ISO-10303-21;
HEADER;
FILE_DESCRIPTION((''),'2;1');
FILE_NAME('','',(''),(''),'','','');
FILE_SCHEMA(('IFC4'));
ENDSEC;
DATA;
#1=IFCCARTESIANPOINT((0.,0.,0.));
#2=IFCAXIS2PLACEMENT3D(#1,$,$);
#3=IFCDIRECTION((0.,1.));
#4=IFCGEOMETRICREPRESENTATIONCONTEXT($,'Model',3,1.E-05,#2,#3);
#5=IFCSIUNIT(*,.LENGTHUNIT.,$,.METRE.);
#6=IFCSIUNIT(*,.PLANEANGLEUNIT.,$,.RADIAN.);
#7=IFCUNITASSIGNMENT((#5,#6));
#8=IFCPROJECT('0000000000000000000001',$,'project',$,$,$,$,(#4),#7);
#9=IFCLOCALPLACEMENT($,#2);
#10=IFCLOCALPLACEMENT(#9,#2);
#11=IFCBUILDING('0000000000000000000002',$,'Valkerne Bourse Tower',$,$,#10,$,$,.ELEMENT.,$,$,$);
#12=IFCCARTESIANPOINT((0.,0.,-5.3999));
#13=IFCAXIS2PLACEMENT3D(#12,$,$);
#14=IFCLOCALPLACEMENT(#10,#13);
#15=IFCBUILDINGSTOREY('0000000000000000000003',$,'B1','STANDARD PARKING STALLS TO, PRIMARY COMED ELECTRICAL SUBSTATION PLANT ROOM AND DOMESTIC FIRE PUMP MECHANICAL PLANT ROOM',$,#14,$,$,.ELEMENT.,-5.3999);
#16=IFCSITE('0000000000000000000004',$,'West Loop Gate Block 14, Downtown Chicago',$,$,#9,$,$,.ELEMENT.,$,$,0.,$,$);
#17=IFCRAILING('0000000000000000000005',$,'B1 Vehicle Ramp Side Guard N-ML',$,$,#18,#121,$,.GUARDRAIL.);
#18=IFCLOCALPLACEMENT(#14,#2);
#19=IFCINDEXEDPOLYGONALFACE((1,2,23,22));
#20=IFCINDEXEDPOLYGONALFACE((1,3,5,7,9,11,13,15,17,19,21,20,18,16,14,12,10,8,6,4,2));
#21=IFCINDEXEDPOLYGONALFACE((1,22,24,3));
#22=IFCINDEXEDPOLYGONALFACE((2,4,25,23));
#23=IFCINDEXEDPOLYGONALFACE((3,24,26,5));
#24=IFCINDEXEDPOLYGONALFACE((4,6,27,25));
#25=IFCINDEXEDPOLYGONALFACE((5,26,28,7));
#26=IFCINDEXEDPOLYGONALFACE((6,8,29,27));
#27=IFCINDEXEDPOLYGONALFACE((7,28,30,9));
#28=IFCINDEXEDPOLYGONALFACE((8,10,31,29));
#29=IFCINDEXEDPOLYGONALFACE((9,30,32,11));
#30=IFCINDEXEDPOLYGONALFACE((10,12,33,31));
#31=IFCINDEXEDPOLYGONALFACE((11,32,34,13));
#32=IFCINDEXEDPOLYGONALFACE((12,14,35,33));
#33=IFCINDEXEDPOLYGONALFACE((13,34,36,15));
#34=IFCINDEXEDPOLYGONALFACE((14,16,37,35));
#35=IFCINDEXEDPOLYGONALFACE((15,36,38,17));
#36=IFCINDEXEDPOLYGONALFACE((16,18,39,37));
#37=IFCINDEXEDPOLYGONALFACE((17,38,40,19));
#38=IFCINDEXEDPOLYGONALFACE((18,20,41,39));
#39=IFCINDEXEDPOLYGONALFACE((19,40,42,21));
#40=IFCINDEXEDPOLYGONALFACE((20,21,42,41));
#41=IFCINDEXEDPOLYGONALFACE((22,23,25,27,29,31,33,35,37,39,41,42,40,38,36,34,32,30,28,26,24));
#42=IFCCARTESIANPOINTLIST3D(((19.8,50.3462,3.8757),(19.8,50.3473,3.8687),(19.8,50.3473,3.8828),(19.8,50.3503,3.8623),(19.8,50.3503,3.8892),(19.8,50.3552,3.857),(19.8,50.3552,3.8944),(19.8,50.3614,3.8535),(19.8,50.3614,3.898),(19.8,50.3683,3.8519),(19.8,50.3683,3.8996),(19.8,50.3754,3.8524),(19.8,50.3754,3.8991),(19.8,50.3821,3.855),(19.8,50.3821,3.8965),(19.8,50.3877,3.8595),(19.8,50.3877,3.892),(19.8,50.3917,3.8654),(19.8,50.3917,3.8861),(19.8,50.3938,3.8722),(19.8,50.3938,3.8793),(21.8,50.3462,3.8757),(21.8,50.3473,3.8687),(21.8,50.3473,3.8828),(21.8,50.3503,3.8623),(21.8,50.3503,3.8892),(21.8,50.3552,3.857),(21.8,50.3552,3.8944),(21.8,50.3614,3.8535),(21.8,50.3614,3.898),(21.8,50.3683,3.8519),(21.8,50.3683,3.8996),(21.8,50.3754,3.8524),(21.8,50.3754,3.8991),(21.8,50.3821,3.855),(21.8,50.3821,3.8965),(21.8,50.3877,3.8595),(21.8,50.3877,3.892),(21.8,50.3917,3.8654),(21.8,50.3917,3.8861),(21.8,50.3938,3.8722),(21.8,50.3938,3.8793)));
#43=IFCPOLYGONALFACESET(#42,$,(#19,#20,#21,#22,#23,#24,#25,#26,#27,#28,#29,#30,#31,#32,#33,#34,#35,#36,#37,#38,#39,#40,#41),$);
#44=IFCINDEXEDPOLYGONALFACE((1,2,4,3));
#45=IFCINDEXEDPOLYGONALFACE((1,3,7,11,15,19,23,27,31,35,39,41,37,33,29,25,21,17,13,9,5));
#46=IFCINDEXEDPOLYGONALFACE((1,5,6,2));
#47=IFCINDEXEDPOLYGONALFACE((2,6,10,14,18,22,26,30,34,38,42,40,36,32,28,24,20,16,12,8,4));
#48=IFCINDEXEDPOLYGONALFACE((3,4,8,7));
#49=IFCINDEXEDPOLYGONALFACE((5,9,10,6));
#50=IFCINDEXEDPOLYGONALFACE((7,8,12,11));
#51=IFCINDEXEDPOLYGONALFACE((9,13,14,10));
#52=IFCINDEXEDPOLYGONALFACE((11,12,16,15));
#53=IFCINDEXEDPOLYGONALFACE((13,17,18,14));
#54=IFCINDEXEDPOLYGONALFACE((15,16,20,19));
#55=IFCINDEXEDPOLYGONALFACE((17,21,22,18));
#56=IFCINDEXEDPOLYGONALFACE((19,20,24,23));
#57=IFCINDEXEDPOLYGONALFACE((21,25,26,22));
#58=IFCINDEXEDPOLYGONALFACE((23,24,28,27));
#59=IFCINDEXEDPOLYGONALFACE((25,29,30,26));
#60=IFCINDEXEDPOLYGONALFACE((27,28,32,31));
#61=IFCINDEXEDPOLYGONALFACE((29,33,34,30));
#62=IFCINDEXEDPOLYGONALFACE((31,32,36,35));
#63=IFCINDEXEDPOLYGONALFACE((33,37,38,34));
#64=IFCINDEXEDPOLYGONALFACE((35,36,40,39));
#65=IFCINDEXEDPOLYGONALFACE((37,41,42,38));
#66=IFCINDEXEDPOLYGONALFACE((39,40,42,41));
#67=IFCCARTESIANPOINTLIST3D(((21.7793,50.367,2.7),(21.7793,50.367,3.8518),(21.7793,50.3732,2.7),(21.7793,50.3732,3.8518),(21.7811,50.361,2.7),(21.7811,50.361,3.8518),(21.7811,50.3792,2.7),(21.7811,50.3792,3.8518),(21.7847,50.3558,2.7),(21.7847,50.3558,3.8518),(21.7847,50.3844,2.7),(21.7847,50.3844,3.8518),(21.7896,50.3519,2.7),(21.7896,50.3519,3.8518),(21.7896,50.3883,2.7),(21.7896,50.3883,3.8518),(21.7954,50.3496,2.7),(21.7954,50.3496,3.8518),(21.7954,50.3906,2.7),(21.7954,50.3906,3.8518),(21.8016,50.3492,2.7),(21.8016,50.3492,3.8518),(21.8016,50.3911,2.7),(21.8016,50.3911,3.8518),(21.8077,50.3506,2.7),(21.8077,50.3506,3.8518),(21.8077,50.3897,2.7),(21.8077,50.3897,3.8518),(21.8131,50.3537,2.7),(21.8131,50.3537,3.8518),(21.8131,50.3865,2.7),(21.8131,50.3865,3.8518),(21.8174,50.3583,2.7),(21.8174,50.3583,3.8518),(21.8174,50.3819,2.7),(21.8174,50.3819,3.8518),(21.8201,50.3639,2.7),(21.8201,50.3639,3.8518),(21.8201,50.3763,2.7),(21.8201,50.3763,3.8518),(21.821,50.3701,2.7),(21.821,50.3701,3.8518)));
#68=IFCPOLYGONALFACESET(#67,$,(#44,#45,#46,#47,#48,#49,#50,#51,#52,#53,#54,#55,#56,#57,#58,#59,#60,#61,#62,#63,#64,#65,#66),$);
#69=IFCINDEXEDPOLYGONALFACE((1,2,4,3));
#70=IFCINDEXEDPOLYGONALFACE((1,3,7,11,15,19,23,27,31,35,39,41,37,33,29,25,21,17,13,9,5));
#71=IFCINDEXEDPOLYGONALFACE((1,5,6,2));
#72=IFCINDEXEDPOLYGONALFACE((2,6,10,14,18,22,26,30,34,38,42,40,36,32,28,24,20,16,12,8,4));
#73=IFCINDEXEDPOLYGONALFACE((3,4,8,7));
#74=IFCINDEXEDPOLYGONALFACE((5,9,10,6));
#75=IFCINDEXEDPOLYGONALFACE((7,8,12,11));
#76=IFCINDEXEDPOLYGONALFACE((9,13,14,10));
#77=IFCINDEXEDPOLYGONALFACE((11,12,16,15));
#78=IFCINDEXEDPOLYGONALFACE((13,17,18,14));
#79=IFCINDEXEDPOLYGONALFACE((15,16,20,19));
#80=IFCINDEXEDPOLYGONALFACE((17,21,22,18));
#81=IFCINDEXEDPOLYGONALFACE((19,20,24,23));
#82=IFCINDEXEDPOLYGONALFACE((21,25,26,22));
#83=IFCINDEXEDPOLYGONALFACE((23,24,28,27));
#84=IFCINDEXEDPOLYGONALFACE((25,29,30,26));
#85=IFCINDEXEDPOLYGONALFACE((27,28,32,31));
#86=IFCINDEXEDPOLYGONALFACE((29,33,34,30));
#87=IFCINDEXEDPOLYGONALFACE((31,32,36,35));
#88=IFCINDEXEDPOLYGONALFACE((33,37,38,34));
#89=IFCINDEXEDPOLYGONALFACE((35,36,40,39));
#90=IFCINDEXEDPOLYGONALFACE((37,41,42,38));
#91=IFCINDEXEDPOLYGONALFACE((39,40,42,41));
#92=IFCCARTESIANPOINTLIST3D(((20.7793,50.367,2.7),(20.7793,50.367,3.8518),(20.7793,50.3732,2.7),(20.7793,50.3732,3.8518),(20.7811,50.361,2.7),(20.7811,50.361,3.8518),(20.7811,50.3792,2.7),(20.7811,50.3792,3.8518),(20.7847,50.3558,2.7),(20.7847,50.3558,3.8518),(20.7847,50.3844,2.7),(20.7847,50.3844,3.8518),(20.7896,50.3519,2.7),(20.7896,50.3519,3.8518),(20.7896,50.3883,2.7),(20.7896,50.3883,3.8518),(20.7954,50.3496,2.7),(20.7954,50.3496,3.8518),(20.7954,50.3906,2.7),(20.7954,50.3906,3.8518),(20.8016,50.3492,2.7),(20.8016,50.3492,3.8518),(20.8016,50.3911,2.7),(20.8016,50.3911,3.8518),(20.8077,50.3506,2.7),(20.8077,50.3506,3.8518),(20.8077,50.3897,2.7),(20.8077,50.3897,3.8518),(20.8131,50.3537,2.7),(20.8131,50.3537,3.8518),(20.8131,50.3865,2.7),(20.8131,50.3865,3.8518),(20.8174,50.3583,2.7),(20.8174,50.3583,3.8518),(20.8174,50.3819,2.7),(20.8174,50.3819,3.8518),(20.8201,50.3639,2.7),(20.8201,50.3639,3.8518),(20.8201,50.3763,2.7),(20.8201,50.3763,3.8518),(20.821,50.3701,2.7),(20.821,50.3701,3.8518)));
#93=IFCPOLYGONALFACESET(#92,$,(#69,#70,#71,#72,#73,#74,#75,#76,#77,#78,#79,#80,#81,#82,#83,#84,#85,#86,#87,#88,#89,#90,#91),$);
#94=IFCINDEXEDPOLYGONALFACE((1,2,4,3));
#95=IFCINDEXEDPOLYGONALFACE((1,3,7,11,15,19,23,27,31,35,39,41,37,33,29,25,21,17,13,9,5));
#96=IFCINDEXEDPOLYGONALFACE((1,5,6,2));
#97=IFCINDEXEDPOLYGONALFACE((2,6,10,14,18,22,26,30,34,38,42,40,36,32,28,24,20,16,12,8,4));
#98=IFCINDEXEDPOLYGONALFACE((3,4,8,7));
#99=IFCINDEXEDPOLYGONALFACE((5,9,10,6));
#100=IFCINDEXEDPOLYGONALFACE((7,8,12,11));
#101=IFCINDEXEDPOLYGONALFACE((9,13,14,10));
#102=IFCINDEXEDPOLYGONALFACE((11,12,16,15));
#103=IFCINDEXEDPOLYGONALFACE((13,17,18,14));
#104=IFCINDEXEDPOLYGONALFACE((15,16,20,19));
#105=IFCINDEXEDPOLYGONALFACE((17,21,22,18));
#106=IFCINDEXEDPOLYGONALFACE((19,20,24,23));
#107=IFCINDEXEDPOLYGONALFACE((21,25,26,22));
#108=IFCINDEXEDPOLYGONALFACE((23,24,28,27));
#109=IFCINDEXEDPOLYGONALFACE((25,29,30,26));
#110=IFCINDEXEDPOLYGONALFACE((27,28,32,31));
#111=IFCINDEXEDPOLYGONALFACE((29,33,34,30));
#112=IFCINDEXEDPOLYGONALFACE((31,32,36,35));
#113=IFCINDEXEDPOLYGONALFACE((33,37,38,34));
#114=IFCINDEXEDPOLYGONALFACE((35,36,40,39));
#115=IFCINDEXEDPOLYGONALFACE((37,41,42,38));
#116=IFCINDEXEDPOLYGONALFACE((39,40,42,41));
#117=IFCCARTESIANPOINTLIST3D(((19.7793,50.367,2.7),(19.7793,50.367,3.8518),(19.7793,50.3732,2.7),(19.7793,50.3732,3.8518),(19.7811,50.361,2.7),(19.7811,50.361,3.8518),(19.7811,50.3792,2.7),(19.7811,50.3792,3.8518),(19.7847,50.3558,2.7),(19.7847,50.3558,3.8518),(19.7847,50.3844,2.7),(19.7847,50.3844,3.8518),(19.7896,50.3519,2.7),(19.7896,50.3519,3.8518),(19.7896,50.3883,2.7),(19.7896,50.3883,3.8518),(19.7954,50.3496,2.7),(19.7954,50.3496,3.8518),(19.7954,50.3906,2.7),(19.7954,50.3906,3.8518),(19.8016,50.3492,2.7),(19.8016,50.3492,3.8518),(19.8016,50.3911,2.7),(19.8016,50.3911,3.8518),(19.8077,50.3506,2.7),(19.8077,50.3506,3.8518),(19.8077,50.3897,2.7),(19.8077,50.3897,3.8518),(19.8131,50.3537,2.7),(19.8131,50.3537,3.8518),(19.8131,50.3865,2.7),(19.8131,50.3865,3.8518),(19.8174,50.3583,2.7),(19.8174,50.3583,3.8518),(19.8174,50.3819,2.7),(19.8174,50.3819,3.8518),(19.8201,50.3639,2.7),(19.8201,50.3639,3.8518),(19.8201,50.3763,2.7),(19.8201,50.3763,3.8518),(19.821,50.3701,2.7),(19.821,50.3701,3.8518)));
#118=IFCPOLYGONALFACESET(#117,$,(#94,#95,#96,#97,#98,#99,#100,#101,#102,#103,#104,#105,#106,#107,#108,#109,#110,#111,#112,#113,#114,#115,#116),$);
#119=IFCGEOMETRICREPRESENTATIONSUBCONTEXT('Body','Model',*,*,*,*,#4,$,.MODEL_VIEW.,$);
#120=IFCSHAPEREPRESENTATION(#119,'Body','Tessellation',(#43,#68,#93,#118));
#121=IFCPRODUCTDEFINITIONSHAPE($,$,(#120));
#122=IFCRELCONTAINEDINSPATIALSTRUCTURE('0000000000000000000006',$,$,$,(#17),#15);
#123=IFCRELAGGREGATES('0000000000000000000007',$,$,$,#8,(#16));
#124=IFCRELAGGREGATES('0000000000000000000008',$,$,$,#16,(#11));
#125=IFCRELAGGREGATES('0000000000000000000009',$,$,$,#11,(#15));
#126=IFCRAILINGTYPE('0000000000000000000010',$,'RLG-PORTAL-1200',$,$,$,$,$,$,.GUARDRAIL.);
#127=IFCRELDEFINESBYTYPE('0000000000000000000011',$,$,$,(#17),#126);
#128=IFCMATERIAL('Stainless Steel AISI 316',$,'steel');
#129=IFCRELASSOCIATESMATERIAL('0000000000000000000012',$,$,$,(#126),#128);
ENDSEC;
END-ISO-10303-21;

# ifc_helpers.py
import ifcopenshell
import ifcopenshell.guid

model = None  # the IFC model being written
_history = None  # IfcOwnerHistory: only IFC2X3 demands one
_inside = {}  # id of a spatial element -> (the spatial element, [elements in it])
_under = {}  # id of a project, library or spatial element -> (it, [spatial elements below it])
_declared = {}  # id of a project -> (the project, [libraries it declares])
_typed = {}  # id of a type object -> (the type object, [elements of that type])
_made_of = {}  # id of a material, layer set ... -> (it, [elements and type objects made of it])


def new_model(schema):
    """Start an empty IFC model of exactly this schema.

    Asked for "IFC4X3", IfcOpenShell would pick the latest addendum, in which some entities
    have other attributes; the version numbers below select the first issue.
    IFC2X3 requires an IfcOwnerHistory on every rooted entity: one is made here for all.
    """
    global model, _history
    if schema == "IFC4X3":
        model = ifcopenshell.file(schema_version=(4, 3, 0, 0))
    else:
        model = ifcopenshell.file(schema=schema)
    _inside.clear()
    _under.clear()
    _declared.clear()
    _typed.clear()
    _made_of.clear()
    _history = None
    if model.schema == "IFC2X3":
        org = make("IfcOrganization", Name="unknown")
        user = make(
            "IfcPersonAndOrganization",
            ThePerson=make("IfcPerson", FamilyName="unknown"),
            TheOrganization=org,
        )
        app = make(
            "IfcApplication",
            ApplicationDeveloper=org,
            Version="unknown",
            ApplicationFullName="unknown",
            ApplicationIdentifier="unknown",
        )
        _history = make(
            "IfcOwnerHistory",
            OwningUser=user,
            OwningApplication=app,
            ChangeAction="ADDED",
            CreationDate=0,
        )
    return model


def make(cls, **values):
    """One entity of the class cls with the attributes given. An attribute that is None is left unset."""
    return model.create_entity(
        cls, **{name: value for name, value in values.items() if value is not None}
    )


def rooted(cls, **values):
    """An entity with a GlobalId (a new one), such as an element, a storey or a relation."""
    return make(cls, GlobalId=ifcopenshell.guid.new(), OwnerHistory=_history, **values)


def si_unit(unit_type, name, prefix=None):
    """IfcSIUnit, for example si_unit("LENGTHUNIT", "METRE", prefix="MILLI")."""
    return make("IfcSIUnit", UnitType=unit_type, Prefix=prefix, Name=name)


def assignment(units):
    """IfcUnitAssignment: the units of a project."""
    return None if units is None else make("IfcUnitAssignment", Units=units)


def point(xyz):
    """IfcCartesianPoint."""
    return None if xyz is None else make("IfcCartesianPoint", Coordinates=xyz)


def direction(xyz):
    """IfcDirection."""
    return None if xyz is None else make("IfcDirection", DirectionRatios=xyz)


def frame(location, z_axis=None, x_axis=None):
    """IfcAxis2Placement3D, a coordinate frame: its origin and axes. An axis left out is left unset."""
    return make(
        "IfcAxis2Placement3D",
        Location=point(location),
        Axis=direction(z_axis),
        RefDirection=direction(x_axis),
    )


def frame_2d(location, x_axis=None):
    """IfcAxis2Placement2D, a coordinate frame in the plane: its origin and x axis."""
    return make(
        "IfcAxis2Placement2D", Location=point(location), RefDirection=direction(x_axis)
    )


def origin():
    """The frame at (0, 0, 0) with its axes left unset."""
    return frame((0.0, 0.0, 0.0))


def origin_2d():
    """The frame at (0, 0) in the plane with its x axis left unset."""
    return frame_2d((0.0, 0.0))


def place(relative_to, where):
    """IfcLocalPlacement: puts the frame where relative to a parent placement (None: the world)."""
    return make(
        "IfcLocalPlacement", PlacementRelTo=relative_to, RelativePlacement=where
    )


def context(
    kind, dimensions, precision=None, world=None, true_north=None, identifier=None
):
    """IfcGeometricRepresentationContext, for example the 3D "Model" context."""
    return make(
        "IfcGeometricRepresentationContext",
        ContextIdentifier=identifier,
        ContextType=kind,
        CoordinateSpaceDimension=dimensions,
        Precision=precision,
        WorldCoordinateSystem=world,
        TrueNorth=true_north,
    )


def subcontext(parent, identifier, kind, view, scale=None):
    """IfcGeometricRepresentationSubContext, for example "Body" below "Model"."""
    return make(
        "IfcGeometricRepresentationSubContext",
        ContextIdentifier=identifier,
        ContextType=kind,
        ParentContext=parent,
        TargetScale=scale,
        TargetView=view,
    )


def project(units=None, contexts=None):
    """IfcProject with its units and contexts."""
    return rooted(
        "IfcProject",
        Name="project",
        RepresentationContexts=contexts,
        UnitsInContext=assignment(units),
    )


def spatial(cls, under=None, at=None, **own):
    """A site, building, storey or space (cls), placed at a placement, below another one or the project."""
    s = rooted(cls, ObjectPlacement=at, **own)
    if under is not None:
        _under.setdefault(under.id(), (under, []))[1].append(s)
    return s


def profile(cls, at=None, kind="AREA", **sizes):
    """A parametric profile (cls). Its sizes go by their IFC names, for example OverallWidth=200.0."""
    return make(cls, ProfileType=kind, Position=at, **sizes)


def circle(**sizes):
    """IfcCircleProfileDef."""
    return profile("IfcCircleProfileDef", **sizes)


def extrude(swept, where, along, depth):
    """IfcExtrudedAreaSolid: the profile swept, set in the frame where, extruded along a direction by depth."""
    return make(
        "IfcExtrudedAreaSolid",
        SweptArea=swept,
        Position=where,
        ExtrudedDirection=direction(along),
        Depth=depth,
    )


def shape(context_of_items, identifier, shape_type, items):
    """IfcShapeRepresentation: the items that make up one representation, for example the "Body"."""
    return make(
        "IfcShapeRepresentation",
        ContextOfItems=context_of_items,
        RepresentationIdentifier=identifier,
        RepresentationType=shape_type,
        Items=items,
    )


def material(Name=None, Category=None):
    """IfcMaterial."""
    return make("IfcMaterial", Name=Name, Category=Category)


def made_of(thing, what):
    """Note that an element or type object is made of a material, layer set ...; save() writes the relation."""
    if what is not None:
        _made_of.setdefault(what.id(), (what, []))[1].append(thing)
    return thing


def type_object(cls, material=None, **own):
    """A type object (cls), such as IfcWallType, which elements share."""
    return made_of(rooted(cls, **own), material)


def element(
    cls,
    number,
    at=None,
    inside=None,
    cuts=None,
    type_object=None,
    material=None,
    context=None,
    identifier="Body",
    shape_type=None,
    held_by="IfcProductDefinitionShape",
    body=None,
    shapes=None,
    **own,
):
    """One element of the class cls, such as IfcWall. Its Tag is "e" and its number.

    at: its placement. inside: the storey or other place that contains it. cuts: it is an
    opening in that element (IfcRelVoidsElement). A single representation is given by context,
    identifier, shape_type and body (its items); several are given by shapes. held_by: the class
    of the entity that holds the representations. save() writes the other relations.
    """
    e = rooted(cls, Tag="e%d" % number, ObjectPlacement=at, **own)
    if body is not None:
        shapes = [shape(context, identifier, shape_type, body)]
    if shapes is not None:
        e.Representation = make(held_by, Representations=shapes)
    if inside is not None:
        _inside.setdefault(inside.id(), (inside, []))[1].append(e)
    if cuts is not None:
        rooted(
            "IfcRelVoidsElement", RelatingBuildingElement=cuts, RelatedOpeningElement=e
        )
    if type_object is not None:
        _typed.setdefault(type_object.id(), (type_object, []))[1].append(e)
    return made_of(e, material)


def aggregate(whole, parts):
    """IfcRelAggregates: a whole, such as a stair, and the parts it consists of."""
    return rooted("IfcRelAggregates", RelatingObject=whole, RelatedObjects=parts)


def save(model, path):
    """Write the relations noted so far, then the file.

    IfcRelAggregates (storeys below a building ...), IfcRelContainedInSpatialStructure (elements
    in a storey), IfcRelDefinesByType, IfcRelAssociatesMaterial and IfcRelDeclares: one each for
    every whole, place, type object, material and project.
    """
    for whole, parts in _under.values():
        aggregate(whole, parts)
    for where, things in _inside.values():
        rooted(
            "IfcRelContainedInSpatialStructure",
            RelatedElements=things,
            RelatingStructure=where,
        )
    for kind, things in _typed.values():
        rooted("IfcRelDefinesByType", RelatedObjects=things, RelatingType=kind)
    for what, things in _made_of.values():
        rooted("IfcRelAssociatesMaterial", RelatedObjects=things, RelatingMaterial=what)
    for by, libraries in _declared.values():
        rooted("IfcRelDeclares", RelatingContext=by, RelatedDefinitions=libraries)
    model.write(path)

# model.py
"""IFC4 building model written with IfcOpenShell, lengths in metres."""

from ifc_helpers import new_model, si_unit, direction, frame, origin, origin_2d, place, context, subcontext, project, spatial, circle, extrude, material, type_object, element, save


model = new_model("IFC4")

# Units and contexts
model_context = context("Model", 3, precision=1e-05, world=origin(), true_north=direction((0.0, 1.0)))
body_context = subcontext(model_context, "Body", "Model", "MODEL_VIEW")
ifc_project = project(units=[si_unit("LENGTHUNIT", "METRE"), si_unit("PLANEANGLEUNIT", "RADIAN")], contexts=[model_context])

# Site, building, storey
site_placement = place(None, origin())
site = spatial("IfcSite", under=ifc_project, at=site_placement, Name="West Loop Gate Block 14, Downtown Chicago", CompositionType="ELEMENT", RefElevation=0.0)
building_placement = place(site_placement, origin())
building = spatial("IfcBuilding", under=site, at=building_placement, Name="Valkerne Bourse Tower", CompositionType="ELEMENT")
storey_placement = place(building_placement, frame((0.0, 0.0, -5.3999)))
storey = spatial("IfcBuildingStorey", under=building, at=storey_placement, Name="B1", Description="STANDARD PARKING STALLS TO, PRIMARY COMED ELECTRICAL SUBSTATION PLANT ROOM AND DOMESTIC FIRE PUMP MECHANICAL PLANT ROOM", CompositionType="ELEMENT", Elevation=-5.3999)

# Railing
ifc_material_1 = material(Name="Stainless Steel AISI 316", Category="steel")
railing_type = type_object("IfcRailingType", Name="RLG-PORTAL-1200", PredefinedType="GUARDRAIL", material=ifc_material_1)
railing_1_placement = place(storey_placement, frame((21.8, 50.3701, 2.7)))
element("IfcRailing", 1, at=railing_1_placement, inside=storey, type_object=railing_type, Name="B1 Vehicle Ramp Side Guard N-ML", PredefinedType="GUARDRAIL", context=body_context, shape_type="SweptSolid", body=[
    extrude(circle(Radius=0.0239, at=origin_2d()), frame((0.0, 0.0, 1.1758), z_axis=(-1.0, 0.0, 0.0), x_axis=(0.0, -1.0, 0.0)), (0.0, 0.0, 1.0), 2.0),
    extrude(circle(Radius=0.021, at=origin_2d()), origin(), (0.0, 0.0, 1.0), 1.1519),
    extrude(circle(Radius=0.021, at=origin_2d()), frame((-1.0, 0.0, 0.0)), (0.0, 0.0, 1.0), 1.1519),
    extrude(circle(Radius=0.021, at=origin_2d()), frame((-2.0, 0.0, 0.0)), (0.0, 0.0, 1.0), 1.1519),
])

save(model, "model.ifc")
